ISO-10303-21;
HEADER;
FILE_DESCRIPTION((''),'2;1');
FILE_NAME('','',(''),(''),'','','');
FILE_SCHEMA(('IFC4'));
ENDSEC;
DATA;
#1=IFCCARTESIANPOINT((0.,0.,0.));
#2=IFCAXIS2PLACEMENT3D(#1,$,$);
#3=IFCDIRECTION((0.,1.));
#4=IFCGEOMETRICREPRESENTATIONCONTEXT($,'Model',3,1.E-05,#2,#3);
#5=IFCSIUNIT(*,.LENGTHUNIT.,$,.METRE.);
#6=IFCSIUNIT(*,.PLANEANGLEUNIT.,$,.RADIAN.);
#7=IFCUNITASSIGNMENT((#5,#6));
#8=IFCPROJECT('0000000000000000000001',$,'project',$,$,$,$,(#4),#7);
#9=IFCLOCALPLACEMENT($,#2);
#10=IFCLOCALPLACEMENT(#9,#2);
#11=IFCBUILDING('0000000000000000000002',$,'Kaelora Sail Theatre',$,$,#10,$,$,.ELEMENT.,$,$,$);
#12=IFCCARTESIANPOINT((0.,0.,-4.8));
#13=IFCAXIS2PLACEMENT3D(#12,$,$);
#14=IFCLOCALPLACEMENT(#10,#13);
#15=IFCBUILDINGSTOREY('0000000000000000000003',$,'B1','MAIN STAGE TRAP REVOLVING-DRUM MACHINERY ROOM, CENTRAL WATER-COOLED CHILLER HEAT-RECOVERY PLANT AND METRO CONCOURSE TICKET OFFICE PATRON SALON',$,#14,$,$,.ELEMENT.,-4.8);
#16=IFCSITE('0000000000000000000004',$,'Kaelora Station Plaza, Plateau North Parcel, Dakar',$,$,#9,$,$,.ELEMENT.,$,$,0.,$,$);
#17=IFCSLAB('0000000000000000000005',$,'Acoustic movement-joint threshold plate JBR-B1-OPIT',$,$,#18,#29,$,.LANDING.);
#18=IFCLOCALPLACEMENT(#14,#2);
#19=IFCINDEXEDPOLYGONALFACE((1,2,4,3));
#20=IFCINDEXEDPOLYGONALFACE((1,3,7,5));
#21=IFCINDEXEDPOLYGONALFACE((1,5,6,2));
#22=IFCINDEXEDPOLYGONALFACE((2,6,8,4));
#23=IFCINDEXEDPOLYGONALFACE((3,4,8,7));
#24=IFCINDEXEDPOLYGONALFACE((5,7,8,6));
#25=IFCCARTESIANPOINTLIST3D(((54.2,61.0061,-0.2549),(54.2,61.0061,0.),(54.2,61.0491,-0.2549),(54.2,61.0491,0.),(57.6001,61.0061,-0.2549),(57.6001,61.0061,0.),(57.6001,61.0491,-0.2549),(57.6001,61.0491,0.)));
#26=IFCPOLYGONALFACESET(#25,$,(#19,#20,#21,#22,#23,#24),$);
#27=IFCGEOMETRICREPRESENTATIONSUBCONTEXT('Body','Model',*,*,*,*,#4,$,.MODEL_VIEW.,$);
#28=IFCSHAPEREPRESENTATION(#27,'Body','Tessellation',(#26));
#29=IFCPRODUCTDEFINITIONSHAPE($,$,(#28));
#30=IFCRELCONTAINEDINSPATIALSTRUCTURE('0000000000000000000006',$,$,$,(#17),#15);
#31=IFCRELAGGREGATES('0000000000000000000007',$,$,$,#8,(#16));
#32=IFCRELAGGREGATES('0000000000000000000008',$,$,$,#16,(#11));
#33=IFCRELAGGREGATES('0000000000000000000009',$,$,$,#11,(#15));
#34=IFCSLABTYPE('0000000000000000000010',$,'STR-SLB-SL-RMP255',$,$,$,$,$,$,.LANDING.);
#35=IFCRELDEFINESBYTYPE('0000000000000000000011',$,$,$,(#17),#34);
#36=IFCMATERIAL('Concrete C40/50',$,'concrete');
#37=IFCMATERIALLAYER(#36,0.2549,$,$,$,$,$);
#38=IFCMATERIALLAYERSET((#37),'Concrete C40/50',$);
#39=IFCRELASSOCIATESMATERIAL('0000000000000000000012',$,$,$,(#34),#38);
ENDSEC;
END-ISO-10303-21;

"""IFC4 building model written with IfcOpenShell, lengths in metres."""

from ifc_helpers import new_model, si_unit, direction, frame, origin, place, context, subcontext, project, spatial, polyline, outline, extrude, material, layer, layer_set, type_object, element, save


model = new_model("IFC4")

# Units and contexts
model_context = context("Model", 3, precision=1e-05, world=origin(), true_north=direction((0.0, 1.0)))
body_context = subcontext(model_context, "Body", "Model", "MODEL_VIEW")
ifc_project = project(units=[si_unit("LENGTHUNIT", "METRE"), si_unit("PLANEANGLEUNIT", "RADIAN")], contexts=[model_context])

# Site, building, storey
site_placement = place(None, origin())
site = spatial("IfcSite", under=ifc_project, at=site_placement, Name="Kaelora Station Plaza, Plateau North Parcel, Dakar", CompositionType="ELEMENT", RefElevation=0.0)
building_placement = place(site_placement, origin())
building = spatial("IfcBuilding", under=site, at=building_placement, Name="Kaelora Sail Theatre", CompositionType="ELEMENT")
storey_placement = place(building_placement, frame((0.0, 0.0, -4.8)))
storey = spatial("IfcBuildingStorey", under=building, at=storey_placement, Name="B1", Description="MAIN STAGE TRAP REVOLVING-DRUM MACHINERY ROOM, CENTRAL WATER-COOLED CHILLER HEAT-RECOVERY PLANT AND METRO CONCOURSE TICKET OFFICE PATRON SALON", CompositionType="ELEMENT", Elevation=-4.8)

# Slab
ifc_material_1 = material(Name="Concrete C40/50", Category="concrete")
ifc_layer_1 = layer(ifc_material_1, 0.2549)
ifc_layer_set_1 = layer_set([ifc_layer_1], Name="Concrete C40/50")
slab_type_1 = type_object("IfcSlabType", Name="STR-SLB-SL-RMP255", PredefinedType="LANDING", material=ifc_layer_set_1)
slab_1_placement = place(storey_placement, frame((0.0, 0.0, -0.2549)))
element("IfcSlab", 1, at=slab_1_placement, inside=storey, type_object=slab_type_1, Name="Acoustic movement-joint threshold plate JBR-B1-OPIT", PredefinedType="LANDING", context=body_context, shape_type="SweptSolid", body=[
    extrude(outline(polyline([(54.2, 61.0061), (57.6001, 61.0061), (57.6001, 61.0491), (54.2, 61.0491), (54.2, 61.0061)])), origin(), (0.0, 0.0, 1.0), 0.2549),
])

save(model, "model.ifc")
